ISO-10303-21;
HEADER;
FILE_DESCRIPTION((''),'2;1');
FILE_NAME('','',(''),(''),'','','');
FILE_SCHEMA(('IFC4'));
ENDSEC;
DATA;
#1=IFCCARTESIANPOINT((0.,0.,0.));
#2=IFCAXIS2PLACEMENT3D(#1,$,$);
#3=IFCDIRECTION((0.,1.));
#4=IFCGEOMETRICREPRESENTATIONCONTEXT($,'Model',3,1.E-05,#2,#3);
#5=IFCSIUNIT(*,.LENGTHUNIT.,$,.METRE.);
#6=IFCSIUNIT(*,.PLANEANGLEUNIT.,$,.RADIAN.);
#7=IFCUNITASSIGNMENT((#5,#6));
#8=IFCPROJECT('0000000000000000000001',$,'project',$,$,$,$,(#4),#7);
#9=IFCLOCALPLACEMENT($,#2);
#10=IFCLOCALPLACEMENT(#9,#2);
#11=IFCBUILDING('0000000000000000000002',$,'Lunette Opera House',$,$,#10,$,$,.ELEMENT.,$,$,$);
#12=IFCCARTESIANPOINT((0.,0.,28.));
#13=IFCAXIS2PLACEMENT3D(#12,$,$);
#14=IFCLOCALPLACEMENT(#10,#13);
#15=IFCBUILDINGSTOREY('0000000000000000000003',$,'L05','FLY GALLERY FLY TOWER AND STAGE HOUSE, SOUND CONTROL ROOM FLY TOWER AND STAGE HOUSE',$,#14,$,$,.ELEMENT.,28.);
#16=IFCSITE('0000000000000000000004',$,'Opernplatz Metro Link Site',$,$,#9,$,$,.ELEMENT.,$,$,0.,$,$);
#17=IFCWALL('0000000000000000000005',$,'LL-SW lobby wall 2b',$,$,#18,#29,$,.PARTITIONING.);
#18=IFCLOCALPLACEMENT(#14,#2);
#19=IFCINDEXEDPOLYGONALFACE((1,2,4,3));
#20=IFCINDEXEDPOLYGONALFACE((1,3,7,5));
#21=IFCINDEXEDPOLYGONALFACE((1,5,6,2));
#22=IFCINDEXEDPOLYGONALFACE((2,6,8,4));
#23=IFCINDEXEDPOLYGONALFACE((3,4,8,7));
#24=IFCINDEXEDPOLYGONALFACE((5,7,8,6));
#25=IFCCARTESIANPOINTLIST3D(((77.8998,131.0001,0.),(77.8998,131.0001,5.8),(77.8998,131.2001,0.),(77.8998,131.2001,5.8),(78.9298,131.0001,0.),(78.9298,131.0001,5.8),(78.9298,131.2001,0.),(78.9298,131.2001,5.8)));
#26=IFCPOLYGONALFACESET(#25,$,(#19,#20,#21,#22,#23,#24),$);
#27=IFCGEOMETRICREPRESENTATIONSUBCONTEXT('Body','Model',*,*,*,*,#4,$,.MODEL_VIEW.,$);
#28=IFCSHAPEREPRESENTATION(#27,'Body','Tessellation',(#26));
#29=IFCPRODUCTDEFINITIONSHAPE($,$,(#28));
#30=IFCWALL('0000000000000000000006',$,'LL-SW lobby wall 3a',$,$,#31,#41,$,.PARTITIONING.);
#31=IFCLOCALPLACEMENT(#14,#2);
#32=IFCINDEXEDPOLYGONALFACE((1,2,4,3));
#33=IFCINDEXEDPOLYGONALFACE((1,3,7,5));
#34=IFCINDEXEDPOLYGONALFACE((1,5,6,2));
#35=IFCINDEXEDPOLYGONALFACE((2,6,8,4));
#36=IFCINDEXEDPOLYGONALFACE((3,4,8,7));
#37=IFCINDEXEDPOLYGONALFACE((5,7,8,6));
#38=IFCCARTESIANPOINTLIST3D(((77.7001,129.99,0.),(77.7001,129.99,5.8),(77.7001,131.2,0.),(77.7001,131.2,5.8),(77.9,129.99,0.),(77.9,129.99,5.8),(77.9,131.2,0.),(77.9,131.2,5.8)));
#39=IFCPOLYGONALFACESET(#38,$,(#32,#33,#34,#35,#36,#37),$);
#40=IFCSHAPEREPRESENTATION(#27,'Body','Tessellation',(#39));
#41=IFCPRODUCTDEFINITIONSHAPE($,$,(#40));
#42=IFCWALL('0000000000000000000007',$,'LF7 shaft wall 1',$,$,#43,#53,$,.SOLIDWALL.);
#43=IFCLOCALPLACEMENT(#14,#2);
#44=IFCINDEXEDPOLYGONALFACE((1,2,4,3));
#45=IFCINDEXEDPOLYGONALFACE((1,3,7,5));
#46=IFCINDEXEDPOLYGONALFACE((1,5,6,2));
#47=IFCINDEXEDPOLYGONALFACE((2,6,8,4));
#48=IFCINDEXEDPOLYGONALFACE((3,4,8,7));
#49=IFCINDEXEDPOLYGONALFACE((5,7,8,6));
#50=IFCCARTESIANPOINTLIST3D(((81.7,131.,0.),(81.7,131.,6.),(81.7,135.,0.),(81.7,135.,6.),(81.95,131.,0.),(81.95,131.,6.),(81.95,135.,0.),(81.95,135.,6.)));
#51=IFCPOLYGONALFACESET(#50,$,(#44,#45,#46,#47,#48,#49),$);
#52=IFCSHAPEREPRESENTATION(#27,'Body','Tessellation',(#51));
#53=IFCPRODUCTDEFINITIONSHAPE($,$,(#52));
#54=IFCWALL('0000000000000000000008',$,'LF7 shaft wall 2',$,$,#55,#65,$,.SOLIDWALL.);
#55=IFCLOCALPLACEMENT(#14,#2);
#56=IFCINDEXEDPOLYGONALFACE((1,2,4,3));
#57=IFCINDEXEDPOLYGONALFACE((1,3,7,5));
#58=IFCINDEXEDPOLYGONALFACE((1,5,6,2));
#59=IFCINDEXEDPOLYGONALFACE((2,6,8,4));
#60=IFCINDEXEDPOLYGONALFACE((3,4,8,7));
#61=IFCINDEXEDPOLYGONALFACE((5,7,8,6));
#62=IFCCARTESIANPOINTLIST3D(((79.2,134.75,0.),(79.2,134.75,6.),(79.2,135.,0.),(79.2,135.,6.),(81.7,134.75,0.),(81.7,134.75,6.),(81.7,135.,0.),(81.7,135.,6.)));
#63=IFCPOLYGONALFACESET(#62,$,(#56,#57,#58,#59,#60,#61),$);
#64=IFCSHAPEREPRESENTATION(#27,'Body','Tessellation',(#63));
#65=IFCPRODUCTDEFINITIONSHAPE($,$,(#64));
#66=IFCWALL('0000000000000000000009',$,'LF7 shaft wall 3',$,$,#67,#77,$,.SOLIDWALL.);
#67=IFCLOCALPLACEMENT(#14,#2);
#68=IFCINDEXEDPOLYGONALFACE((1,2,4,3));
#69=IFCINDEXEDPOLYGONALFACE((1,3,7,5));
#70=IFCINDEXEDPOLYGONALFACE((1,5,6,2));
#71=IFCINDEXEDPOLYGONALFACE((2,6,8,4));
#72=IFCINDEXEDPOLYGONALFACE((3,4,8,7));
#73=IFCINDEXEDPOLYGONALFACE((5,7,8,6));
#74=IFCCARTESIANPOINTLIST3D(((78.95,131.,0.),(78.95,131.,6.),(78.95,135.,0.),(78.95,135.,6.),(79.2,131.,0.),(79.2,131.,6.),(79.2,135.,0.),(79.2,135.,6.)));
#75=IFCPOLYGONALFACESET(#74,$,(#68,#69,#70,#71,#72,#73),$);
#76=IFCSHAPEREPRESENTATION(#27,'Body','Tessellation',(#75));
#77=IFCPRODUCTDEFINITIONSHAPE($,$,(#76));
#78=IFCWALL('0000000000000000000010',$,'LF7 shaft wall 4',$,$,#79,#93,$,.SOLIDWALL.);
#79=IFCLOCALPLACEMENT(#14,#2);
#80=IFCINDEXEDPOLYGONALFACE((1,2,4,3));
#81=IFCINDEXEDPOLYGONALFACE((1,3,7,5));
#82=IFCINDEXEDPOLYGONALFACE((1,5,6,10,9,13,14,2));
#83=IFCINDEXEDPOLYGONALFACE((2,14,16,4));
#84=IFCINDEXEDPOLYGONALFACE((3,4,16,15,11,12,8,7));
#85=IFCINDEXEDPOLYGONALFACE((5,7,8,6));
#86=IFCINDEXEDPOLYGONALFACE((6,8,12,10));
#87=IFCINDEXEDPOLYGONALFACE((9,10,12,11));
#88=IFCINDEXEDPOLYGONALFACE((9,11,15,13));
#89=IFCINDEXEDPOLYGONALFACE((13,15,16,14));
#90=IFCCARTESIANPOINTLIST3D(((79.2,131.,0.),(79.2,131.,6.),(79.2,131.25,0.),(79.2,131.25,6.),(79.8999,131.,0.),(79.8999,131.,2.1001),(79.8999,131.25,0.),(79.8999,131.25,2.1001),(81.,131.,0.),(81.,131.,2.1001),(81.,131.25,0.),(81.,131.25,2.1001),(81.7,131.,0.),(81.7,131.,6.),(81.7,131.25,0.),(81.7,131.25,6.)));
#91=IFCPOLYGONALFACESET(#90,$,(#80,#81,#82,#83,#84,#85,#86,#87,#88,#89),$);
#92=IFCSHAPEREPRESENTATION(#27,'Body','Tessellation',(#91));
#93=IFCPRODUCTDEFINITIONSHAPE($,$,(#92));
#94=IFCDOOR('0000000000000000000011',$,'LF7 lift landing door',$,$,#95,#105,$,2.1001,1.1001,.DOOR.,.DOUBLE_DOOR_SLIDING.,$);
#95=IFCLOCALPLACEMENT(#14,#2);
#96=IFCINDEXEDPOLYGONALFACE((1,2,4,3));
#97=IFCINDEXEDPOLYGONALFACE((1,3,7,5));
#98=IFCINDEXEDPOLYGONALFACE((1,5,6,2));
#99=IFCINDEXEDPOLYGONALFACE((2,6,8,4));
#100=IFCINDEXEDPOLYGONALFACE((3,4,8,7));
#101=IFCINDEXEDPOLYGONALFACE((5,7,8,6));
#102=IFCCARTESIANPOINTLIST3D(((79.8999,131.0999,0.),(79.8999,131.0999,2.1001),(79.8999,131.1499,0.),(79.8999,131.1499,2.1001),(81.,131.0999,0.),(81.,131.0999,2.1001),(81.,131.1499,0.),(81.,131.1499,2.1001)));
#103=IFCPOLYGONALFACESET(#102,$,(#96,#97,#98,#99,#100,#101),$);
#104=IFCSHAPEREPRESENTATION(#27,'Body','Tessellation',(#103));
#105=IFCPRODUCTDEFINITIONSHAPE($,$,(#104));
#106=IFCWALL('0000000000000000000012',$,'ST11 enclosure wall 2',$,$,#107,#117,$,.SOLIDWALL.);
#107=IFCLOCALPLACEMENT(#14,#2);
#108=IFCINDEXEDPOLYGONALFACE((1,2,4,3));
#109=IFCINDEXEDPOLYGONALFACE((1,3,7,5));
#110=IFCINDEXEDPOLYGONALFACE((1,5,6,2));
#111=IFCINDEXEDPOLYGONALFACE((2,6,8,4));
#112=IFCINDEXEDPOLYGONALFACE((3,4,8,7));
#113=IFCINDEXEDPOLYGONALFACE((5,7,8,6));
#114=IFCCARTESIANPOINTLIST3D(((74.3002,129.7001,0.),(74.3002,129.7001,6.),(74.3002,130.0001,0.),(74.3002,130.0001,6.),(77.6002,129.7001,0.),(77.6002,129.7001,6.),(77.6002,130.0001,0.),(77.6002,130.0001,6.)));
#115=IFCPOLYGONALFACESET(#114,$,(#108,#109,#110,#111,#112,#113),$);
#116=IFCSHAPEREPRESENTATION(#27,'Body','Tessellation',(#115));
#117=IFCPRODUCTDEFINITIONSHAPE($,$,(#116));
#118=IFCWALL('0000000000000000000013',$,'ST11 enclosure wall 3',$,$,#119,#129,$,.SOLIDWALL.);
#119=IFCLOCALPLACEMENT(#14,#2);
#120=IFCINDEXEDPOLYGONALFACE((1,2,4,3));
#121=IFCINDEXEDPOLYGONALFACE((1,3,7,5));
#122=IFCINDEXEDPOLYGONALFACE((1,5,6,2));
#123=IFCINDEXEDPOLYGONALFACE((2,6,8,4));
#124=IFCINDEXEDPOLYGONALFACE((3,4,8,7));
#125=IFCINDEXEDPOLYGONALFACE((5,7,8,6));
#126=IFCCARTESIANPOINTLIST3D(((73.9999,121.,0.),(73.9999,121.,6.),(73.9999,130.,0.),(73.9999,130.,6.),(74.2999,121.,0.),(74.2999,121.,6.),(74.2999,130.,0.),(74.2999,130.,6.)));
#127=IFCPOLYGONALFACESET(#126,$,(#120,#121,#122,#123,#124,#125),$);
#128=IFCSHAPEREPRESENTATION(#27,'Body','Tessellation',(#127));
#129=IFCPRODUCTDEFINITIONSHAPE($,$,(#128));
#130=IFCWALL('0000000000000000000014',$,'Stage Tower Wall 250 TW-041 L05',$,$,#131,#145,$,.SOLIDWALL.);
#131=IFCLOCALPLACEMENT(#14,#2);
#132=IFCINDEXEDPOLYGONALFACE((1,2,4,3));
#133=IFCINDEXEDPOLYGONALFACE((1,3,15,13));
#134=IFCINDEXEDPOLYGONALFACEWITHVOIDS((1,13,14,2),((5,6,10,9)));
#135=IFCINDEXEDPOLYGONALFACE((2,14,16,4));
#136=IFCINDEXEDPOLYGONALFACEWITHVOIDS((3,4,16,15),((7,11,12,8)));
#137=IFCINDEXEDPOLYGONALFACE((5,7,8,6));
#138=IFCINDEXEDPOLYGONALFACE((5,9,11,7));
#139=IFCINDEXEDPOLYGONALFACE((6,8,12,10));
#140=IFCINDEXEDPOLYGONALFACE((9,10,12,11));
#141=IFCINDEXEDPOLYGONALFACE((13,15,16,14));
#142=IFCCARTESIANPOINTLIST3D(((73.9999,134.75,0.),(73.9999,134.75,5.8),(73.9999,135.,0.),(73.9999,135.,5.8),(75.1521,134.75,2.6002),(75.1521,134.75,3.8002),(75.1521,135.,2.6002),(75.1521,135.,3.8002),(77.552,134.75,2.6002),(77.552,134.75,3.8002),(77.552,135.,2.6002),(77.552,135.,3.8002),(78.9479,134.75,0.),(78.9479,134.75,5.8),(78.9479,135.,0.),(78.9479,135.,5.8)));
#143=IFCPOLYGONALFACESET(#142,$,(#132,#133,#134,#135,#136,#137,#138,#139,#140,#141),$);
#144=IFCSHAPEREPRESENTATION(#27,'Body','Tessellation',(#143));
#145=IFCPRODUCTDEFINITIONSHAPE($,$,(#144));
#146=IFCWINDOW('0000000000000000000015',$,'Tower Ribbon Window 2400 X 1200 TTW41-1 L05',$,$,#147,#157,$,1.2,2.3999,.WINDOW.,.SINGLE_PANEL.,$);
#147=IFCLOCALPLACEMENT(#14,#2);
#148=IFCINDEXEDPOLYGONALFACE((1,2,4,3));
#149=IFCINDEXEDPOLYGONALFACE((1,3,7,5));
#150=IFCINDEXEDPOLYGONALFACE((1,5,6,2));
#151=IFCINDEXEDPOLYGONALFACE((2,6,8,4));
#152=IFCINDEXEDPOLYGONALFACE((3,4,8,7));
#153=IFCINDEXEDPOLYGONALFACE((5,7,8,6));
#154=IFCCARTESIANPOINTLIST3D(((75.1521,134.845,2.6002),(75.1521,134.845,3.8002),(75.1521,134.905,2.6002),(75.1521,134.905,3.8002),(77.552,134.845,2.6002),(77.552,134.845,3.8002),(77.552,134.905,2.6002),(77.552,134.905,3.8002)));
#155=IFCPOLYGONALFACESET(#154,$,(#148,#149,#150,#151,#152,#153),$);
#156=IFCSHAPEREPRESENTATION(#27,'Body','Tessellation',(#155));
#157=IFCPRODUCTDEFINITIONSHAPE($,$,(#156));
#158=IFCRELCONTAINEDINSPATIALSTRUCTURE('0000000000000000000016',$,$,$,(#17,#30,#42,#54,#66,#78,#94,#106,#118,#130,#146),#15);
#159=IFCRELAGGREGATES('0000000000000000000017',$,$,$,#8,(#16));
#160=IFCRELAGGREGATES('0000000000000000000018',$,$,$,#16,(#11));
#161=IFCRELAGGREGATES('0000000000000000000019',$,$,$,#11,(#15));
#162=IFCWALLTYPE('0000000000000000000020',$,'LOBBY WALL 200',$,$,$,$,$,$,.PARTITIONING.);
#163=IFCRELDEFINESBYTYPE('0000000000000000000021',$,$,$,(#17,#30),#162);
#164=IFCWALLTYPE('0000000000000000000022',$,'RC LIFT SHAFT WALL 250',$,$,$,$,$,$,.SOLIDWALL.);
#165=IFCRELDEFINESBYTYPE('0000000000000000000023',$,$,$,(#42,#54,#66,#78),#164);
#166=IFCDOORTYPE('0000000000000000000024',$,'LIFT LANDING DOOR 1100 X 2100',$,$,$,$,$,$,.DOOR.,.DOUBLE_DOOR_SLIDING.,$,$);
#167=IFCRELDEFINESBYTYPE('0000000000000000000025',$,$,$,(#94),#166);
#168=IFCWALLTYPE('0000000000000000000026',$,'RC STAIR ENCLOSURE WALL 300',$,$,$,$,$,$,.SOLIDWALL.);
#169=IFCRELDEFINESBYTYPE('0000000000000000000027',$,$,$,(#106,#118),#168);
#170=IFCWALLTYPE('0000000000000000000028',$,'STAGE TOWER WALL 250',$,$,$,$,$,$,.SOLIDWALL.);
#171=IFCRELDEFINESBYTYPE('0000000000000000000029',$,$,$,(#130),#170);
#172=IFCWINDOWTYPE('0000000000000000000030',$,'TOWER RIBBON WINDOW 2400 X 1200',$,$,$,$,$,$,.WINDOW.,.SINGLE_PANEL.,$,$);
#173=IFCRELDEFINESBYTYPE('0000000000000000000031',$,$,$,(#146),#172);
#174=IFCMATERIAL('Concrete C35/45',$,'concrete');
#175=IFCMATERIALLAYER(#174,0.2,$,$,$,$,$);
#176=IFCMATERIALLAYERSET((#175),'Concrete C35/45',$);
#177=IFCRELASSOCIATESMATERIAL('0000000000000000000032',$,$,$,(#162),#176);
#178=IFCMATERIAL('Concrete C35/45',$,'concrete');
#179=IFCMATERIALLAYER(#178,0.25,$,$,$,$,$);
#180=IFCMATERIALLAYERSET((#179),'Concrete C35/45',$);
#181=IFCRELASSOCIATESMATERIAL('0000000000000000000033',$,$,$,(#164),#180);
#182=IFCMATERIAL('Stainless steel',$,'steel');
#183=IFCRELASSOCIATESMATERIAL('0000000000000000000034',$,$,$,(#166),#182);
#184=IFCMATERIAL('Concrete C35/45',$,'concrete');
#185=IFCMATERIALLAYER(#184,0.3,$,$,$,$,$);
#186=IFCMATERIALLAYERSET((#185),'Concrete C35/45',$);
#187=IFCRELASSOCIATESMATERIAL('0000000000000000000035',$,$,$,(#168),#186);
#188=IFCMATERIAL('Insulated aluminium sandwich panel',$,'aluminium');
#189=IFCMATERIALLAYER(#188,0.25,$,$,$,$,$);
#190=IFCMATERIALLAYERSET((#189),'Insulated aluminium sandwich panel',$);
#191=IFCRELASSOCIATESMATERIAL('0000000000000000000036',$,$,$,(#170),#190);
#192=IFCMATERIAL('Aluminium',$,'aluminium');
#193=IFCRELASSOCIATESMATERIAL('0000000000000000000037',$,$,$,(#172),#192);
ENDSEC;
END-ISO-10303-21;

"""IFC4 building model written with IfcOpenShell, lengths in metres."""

from ifc_helpers import new_model, si_unit, direction, frame, frame_2d, origin, place, context, subcontext, project, spatial, rectangle, extrude, material, layer, layer_set, type_object, element, fill, save


model = new_model("IFC4")

# Units and contexts
model_context = context("Model", 3, precision=1e-05, world=origin(), true_north=direction((0.0, 1.0)))
body_context = subcontext(model_context, "Body", "Model", "MODEL_VIEW")
ifc_project = project(units=[si_unit("LENGTHUNIT", "METRE"), si_unit("PLANEANGLEUNIT", "RADIAN")], contexts=[model_context])

# Site, building, storey
site_placement = place(None, origin())
site = spatial("IfcSite", under=ifc_project, at=site_placement, Name="Opernplatz Metro Link Site", CompositionType="ELEMENT", RefElevation=0.0)
building_placement = place(site_placement, origin())
building = spatial("IfcBuilding", under=site, at=building_placement, Name="Lunette Opera House", CompositionType="ELEMENT")
storey_placement = place(building_placement, frame((0.0, 0.0, 28.0)))
storey = spatial("IfcBuildingStorey", under=building, at=storey_placement, Name="L05", Description="FLY GALLERY FLY TOWER AND STAGE HOUSE, SOUND CONTROL ROOM FLY TOWER AND STAGE HOUSE", CompositionType="ELEMENT", Elevation=28.0)

# Walls
ifc_material_1 = material(Name="Concrete C35/45", Category="concrete")
ifc_layer_1 = layer(ifc_material_1, 0.2)
ifc_layer_set_1 = layer_set([ifc_layer_1], Name="Concrete C35/45")
wall_type_1 = type_object("IfcWallType", Name="LOBBY WALL 200", PredefinedType="PARTITIONING", material=ifc_layer_set_1)
wall_1_placement = place(storey_placement, frame((78.9299, 131.1001, 0.0), z_axis=(0.0, 0.0, 1.0), x_axis=(-1.0, 0.0, 0.0)))
element("IfcWall", 1, at=wall_1_placement, inside=storey, type_object=wall_type_1, Name="LL-SW lobby wall 2b", PredefinedType="PARTITIONING", context=body_context, shape_type="SweptSolid", body=[
    extrude(rectangle(XDim=1.03, YDim=0.2, at=frame_2d((0.5151, 0.0))), origin(), (0.0, 0.0, 1.0), 5.8),
])
wall_2_placement = place(storey_placement, frame((77.8, 131.2, 0.0), z_axis=(0.0, 0.0, 1.0), x_axis=(0.0, -1.0, 0.0)))
element("IfcWall", 2, at=wall_2_placement, inside=storey, type_object=wall_type_1, Name="LL-SW lobby wall 3a", PredefinedType="PARTITIONING", context=body_context, shape_type="SweptSolid", body=[
    extrude(rectangle(XDim=1.21, YDim=0.2, at=frame_2d((0.605, 0.0))), origin(), (0.0, 0.0, 1.0), 5.8),
])
ifc_material_2 = material(Name="Concrete C35/45", Category="concrete")
ifc_layer_2 = layer(ifc_material_2, 0.25)
ifc_layer_set_2 = layer_set([ifc_layer_2], Name="Concrete C35/45")
wall_type_2 = type_object("IfcWallType", Name="RC LIFT SHAFT WALL 250", PredefinedType="SOLIDWALL", material=ifc_layer_set_2)
wall_3_placement = place(storey_placement, frame((81.825, 131.0, 0.0), z_axis=(0.0, 0.0, 1.0), x_axis=(0.0, 1.0, 0.0)))
element("IfcWall", 3, at=wall_3_placement, inside=storey, type_object=wall_type_2, Name="LF7 shaft wall 1", PredefinedType="SOLIDWALL", context=body_context, shape_type="SweptSolid", body=[
    extrude(rectangle(XDim=4.0, YDim=0.25, at=frame_2d((2.0, 0.0))), origin(), (0.0, 0.0, 1.0), 6.0),
])
wall_4_placement = place(storey_placement, frame((81.7, 134.875, 0.0), z_axis=(0.0, 0.0, 1.0), x_axis=(-1.0, 0.0, 0.0)))
element("IfcWall", 4, at=wall_4_placement, inside=storey, type_object=wall_type_2, Name="LF7 shaft wall 2", PredefinedType="SOLIDWALL", context=body_context, shape_type="SweptSolid", body=[
    extrude(rectangle(XDim=2.5, YDim=0.25, at=frame_2d((1.25, 0.0))), origin(), (0.0, 0.0, 1.0), 6.0),
])
wall_5_placement = place(storey_placement, frame((79.075, 135.0, 0.0), z_axis=(0.0, 0.0, 1.0), x_axis=(0.0, -1.0, 0.0)))
element("IfcWall", 5, at=wall_5_placement, inside=storey, type_object=wall_type_2, Name="LF7 shaft wall 3", PredefinedType="SOLIDWALL", context=body_context, shape_type="SweptSolid", body=[
    extrude(rectangle(XDim=4.0, YDim=0.25, at=frame_2d((2.0, 0.0))), origin(), (0.0, 0.0, 1.0), 6.0),
])

# Wall, opening, door
wall_6_placement = place(storey_placement, frame((79.2, 131.125, 0.0), z_axis=(0.0, 0.0, 1.0), x_axis=(1.0, 0.0, 0.0)))
wall_6 = element("IfcWall", 6, at=wall_6_placement, inside=storey, type_object=wall_type_2, Name="LF7 shaft wall 4", PredefinedType="SOLIDWALL", context=body_context, shape_type="SweptSolid", body=[
    extrude(rectangle(XDim=2.5, YDim=0.25, at=frame_2d((1.25, 0.0))), origin(), (0.0, 0.0, 1.0), 6.0),
])
opening_1_placement = place(wall_6_placement, frame((0.7, 0.0, 0.0)))
opening_1 = element("IfcOpeningElement", 7, at=opening_1_placement, cuts=wall_6, PredefinedType="OPENING", context=body_context, shape_type="SweptSolid", body=[
    extrude(rectangle(XDim=1.1001, YDim=2.1001, at=frame_2d((0.55, 1.05))), frame((0.0, 0.137, 0.0), z_axis=(0.0, -1.0, 0.0), x_axis=(1.0, 0.0, 0.0)), (0.0, 0.0, 1.0), 0.2739),
])
ifc_material_3 = material(Name="Stainless steel", Category="steel")
door_type = type_object("IfcDoorType", Name="LIFT LANDING DOOR 1100 X 2100", OperationType="DOUBLE_DOOR_SLIDING", PredefinedType="DOOR", material=ifc_material_3)
door_placement = place(opening_1_placement, origin())
door = element("IfcDoor", 8, at=door_placement, inside=storey, type_object=door_type, Name="LF7 lift landing door", OperationType="DOUBLE_DOOR_SLIDING", OverallHeight=2.1001, OverallWidth=1.1001, PredefinedType="DOOR", context=body_context, shape_type="SweptSolid", body=[
    extrude(rectangle(XDim=1.1001, YDim=2.1001, at=frame_2d((0.55, 1.05))), frame((0.0, 0.0249, 0.0), z_axis=(0.0, -1.0, 0.0), x_axis=(1.0, 0.0, 0.0)), (0.0, 0.0, 1.0), 0.05),
])
fill(opening_1, door)

# Walls
ifc_material_4 = material(Name="Concrete C35/45", Category="concrete")
ifc_layer_3 = layer(ifc_material_4, 0.3)
ifc_layer_set_3 = layer_set([ifc_layer_3], Name="Concrete C35/45")
wall_type_3 = type_object("IfcWallType", Name="RC STAIR ENCLOSURE WALL 300", PredefinedType="SOLIDWALL", material=ifc_layer_set_3)
wall_7_placement = place(storey_placement, frame((77.6001, 129.8501, 0.0), z_axis=(0.0, 0.0, 1.0), x_axis=(-1.0, 0.0, 0.0)))
element("IfcWall", 9, at=wall_7_placement, inside=storey, type_object=wall_type_3, Name="ST11 enclosure wall 2", PredefinedType="SOLIDWALL", context=body_context, shape_type="SweptSolid", body=[
    extrude(rectangle(XDim=3.3, YDim=0.3, at=frame_2d((1.6499, 0.0))), origin(), (0.0, 0.0, 1.0), 6.0),
])
wall_8_placement = place(storey_placement, frame((74.1499, 130.0, 0.0), z_axis=(0.0, 0.0, 1.0), x_axis=(0.0, -1.0, 0.0)))
element("IfcWall", 10, at=wall_8_placement, inside=storey, type_object=wall_type_3, Name="ST11 enclosure wall 3", PredefinedType="SOLIDWALL", context=body_context, shape_type="SweptSolid", body=[
    extrude(rectangle(XDim=9.0, YDim=0.3, at=frame_2d((4.5, 0.0))), origin(), (0.0, 0.0, 1.0), 6.0),
])

# Wall, opening, window
ifc_material_5 = material(Name="Insulated aluminium sandwich panel", Category="aluminium")
ifc_layer_4 = layer(ifc_material_5, 0.25)
ifc_layer_set_4 = layer_set([ifc_layer_4], Name="Insulated aluminium sandwich panel")
wall_type_4 = type_object("IfcWallType", Name="STAGE TOWER WALL 250", PredefinedType="SOLIDWALL", material=ifc_layer_set_4)
wall_9_placement = place(storey_placement, frame((78.948, 134.875, 0.0), z_axis=(0.0, 0.0, 1.0), x_axis=(-1.0, 0.0, 0.0)))
wall_9 = element("IfcWall", 11, at=wall_9_placement, inside=storey, type_object=wall_type_4, Name="Stage Tower Wall 250 TW-041 L05", PredefinedType="SOLIDWALL", context=body_context, shape_type="SweptSolid", body=[
    extrude(rectangle(XDim=4.948, YDim=0.25, at=frame_2d((2.4741, 0.0))), origin(), (0.0, 0.0, 1.0), 5.8),
])
opening_2_placement = place(wall_9_placement, frame((1.396, 0.0, 2.6001)))
opening_2 = element("IfcOpeningElement", 12, at=opening_2_placement, cuts=wall_9, PredefinedType="OPENING", context=body_context, shape_type="SweptSolid", body=[
    extrude(rectangle(XDim=2.3999, YDim=1.2, at=frame_2d((1.2, 0.6001))), frame((0.0, 0.137, 0.0), z_axis=(0.0, -1.0, 0.0), x_axis=(1.0, 0.0, 0.0)), (0.0, 0.0, 1.0), 0.2739),
])
ifc_material_6 = material(Name="Aluminium", Category="aluminium")
window_type = type_object("IfcWindowType", Name="TOWER RIBBON WINDOW 2400 X 1200", PartitioningType="SINGLE_PANEL", PredefinedType="WINDOW", material=ifc_material_6)
window_1_placement = place(opening_2_placement, origin())
window_1 = element("IfcWindow", 13, at=window_1_placement, inside=storey, type_object=window_type, Name="Tower Ribbon Window 2400 X 1200 TTW41-1 L05", OverallHeight=1.2, OverallWidth=2.3999, PartitioningType="SINGLE_PANEL", PredefinedType="WINDOW", context=body_context, shape_type="SweptSolid", body=[
    extrude(rectangle(XDim=2.3999, YDim=1.2, at=frame_2d((1.2, 0.6001))), frame((0.0, 0.03, 0.0), z_axis=(0.0, -1.0, 0.0), x_axis=(1.0, 0.0, 0.0)), (0.0, 0.0, 1.0), 0.0601),
])
fill(opening_2, window_1)

save(model, "model.ifc")
